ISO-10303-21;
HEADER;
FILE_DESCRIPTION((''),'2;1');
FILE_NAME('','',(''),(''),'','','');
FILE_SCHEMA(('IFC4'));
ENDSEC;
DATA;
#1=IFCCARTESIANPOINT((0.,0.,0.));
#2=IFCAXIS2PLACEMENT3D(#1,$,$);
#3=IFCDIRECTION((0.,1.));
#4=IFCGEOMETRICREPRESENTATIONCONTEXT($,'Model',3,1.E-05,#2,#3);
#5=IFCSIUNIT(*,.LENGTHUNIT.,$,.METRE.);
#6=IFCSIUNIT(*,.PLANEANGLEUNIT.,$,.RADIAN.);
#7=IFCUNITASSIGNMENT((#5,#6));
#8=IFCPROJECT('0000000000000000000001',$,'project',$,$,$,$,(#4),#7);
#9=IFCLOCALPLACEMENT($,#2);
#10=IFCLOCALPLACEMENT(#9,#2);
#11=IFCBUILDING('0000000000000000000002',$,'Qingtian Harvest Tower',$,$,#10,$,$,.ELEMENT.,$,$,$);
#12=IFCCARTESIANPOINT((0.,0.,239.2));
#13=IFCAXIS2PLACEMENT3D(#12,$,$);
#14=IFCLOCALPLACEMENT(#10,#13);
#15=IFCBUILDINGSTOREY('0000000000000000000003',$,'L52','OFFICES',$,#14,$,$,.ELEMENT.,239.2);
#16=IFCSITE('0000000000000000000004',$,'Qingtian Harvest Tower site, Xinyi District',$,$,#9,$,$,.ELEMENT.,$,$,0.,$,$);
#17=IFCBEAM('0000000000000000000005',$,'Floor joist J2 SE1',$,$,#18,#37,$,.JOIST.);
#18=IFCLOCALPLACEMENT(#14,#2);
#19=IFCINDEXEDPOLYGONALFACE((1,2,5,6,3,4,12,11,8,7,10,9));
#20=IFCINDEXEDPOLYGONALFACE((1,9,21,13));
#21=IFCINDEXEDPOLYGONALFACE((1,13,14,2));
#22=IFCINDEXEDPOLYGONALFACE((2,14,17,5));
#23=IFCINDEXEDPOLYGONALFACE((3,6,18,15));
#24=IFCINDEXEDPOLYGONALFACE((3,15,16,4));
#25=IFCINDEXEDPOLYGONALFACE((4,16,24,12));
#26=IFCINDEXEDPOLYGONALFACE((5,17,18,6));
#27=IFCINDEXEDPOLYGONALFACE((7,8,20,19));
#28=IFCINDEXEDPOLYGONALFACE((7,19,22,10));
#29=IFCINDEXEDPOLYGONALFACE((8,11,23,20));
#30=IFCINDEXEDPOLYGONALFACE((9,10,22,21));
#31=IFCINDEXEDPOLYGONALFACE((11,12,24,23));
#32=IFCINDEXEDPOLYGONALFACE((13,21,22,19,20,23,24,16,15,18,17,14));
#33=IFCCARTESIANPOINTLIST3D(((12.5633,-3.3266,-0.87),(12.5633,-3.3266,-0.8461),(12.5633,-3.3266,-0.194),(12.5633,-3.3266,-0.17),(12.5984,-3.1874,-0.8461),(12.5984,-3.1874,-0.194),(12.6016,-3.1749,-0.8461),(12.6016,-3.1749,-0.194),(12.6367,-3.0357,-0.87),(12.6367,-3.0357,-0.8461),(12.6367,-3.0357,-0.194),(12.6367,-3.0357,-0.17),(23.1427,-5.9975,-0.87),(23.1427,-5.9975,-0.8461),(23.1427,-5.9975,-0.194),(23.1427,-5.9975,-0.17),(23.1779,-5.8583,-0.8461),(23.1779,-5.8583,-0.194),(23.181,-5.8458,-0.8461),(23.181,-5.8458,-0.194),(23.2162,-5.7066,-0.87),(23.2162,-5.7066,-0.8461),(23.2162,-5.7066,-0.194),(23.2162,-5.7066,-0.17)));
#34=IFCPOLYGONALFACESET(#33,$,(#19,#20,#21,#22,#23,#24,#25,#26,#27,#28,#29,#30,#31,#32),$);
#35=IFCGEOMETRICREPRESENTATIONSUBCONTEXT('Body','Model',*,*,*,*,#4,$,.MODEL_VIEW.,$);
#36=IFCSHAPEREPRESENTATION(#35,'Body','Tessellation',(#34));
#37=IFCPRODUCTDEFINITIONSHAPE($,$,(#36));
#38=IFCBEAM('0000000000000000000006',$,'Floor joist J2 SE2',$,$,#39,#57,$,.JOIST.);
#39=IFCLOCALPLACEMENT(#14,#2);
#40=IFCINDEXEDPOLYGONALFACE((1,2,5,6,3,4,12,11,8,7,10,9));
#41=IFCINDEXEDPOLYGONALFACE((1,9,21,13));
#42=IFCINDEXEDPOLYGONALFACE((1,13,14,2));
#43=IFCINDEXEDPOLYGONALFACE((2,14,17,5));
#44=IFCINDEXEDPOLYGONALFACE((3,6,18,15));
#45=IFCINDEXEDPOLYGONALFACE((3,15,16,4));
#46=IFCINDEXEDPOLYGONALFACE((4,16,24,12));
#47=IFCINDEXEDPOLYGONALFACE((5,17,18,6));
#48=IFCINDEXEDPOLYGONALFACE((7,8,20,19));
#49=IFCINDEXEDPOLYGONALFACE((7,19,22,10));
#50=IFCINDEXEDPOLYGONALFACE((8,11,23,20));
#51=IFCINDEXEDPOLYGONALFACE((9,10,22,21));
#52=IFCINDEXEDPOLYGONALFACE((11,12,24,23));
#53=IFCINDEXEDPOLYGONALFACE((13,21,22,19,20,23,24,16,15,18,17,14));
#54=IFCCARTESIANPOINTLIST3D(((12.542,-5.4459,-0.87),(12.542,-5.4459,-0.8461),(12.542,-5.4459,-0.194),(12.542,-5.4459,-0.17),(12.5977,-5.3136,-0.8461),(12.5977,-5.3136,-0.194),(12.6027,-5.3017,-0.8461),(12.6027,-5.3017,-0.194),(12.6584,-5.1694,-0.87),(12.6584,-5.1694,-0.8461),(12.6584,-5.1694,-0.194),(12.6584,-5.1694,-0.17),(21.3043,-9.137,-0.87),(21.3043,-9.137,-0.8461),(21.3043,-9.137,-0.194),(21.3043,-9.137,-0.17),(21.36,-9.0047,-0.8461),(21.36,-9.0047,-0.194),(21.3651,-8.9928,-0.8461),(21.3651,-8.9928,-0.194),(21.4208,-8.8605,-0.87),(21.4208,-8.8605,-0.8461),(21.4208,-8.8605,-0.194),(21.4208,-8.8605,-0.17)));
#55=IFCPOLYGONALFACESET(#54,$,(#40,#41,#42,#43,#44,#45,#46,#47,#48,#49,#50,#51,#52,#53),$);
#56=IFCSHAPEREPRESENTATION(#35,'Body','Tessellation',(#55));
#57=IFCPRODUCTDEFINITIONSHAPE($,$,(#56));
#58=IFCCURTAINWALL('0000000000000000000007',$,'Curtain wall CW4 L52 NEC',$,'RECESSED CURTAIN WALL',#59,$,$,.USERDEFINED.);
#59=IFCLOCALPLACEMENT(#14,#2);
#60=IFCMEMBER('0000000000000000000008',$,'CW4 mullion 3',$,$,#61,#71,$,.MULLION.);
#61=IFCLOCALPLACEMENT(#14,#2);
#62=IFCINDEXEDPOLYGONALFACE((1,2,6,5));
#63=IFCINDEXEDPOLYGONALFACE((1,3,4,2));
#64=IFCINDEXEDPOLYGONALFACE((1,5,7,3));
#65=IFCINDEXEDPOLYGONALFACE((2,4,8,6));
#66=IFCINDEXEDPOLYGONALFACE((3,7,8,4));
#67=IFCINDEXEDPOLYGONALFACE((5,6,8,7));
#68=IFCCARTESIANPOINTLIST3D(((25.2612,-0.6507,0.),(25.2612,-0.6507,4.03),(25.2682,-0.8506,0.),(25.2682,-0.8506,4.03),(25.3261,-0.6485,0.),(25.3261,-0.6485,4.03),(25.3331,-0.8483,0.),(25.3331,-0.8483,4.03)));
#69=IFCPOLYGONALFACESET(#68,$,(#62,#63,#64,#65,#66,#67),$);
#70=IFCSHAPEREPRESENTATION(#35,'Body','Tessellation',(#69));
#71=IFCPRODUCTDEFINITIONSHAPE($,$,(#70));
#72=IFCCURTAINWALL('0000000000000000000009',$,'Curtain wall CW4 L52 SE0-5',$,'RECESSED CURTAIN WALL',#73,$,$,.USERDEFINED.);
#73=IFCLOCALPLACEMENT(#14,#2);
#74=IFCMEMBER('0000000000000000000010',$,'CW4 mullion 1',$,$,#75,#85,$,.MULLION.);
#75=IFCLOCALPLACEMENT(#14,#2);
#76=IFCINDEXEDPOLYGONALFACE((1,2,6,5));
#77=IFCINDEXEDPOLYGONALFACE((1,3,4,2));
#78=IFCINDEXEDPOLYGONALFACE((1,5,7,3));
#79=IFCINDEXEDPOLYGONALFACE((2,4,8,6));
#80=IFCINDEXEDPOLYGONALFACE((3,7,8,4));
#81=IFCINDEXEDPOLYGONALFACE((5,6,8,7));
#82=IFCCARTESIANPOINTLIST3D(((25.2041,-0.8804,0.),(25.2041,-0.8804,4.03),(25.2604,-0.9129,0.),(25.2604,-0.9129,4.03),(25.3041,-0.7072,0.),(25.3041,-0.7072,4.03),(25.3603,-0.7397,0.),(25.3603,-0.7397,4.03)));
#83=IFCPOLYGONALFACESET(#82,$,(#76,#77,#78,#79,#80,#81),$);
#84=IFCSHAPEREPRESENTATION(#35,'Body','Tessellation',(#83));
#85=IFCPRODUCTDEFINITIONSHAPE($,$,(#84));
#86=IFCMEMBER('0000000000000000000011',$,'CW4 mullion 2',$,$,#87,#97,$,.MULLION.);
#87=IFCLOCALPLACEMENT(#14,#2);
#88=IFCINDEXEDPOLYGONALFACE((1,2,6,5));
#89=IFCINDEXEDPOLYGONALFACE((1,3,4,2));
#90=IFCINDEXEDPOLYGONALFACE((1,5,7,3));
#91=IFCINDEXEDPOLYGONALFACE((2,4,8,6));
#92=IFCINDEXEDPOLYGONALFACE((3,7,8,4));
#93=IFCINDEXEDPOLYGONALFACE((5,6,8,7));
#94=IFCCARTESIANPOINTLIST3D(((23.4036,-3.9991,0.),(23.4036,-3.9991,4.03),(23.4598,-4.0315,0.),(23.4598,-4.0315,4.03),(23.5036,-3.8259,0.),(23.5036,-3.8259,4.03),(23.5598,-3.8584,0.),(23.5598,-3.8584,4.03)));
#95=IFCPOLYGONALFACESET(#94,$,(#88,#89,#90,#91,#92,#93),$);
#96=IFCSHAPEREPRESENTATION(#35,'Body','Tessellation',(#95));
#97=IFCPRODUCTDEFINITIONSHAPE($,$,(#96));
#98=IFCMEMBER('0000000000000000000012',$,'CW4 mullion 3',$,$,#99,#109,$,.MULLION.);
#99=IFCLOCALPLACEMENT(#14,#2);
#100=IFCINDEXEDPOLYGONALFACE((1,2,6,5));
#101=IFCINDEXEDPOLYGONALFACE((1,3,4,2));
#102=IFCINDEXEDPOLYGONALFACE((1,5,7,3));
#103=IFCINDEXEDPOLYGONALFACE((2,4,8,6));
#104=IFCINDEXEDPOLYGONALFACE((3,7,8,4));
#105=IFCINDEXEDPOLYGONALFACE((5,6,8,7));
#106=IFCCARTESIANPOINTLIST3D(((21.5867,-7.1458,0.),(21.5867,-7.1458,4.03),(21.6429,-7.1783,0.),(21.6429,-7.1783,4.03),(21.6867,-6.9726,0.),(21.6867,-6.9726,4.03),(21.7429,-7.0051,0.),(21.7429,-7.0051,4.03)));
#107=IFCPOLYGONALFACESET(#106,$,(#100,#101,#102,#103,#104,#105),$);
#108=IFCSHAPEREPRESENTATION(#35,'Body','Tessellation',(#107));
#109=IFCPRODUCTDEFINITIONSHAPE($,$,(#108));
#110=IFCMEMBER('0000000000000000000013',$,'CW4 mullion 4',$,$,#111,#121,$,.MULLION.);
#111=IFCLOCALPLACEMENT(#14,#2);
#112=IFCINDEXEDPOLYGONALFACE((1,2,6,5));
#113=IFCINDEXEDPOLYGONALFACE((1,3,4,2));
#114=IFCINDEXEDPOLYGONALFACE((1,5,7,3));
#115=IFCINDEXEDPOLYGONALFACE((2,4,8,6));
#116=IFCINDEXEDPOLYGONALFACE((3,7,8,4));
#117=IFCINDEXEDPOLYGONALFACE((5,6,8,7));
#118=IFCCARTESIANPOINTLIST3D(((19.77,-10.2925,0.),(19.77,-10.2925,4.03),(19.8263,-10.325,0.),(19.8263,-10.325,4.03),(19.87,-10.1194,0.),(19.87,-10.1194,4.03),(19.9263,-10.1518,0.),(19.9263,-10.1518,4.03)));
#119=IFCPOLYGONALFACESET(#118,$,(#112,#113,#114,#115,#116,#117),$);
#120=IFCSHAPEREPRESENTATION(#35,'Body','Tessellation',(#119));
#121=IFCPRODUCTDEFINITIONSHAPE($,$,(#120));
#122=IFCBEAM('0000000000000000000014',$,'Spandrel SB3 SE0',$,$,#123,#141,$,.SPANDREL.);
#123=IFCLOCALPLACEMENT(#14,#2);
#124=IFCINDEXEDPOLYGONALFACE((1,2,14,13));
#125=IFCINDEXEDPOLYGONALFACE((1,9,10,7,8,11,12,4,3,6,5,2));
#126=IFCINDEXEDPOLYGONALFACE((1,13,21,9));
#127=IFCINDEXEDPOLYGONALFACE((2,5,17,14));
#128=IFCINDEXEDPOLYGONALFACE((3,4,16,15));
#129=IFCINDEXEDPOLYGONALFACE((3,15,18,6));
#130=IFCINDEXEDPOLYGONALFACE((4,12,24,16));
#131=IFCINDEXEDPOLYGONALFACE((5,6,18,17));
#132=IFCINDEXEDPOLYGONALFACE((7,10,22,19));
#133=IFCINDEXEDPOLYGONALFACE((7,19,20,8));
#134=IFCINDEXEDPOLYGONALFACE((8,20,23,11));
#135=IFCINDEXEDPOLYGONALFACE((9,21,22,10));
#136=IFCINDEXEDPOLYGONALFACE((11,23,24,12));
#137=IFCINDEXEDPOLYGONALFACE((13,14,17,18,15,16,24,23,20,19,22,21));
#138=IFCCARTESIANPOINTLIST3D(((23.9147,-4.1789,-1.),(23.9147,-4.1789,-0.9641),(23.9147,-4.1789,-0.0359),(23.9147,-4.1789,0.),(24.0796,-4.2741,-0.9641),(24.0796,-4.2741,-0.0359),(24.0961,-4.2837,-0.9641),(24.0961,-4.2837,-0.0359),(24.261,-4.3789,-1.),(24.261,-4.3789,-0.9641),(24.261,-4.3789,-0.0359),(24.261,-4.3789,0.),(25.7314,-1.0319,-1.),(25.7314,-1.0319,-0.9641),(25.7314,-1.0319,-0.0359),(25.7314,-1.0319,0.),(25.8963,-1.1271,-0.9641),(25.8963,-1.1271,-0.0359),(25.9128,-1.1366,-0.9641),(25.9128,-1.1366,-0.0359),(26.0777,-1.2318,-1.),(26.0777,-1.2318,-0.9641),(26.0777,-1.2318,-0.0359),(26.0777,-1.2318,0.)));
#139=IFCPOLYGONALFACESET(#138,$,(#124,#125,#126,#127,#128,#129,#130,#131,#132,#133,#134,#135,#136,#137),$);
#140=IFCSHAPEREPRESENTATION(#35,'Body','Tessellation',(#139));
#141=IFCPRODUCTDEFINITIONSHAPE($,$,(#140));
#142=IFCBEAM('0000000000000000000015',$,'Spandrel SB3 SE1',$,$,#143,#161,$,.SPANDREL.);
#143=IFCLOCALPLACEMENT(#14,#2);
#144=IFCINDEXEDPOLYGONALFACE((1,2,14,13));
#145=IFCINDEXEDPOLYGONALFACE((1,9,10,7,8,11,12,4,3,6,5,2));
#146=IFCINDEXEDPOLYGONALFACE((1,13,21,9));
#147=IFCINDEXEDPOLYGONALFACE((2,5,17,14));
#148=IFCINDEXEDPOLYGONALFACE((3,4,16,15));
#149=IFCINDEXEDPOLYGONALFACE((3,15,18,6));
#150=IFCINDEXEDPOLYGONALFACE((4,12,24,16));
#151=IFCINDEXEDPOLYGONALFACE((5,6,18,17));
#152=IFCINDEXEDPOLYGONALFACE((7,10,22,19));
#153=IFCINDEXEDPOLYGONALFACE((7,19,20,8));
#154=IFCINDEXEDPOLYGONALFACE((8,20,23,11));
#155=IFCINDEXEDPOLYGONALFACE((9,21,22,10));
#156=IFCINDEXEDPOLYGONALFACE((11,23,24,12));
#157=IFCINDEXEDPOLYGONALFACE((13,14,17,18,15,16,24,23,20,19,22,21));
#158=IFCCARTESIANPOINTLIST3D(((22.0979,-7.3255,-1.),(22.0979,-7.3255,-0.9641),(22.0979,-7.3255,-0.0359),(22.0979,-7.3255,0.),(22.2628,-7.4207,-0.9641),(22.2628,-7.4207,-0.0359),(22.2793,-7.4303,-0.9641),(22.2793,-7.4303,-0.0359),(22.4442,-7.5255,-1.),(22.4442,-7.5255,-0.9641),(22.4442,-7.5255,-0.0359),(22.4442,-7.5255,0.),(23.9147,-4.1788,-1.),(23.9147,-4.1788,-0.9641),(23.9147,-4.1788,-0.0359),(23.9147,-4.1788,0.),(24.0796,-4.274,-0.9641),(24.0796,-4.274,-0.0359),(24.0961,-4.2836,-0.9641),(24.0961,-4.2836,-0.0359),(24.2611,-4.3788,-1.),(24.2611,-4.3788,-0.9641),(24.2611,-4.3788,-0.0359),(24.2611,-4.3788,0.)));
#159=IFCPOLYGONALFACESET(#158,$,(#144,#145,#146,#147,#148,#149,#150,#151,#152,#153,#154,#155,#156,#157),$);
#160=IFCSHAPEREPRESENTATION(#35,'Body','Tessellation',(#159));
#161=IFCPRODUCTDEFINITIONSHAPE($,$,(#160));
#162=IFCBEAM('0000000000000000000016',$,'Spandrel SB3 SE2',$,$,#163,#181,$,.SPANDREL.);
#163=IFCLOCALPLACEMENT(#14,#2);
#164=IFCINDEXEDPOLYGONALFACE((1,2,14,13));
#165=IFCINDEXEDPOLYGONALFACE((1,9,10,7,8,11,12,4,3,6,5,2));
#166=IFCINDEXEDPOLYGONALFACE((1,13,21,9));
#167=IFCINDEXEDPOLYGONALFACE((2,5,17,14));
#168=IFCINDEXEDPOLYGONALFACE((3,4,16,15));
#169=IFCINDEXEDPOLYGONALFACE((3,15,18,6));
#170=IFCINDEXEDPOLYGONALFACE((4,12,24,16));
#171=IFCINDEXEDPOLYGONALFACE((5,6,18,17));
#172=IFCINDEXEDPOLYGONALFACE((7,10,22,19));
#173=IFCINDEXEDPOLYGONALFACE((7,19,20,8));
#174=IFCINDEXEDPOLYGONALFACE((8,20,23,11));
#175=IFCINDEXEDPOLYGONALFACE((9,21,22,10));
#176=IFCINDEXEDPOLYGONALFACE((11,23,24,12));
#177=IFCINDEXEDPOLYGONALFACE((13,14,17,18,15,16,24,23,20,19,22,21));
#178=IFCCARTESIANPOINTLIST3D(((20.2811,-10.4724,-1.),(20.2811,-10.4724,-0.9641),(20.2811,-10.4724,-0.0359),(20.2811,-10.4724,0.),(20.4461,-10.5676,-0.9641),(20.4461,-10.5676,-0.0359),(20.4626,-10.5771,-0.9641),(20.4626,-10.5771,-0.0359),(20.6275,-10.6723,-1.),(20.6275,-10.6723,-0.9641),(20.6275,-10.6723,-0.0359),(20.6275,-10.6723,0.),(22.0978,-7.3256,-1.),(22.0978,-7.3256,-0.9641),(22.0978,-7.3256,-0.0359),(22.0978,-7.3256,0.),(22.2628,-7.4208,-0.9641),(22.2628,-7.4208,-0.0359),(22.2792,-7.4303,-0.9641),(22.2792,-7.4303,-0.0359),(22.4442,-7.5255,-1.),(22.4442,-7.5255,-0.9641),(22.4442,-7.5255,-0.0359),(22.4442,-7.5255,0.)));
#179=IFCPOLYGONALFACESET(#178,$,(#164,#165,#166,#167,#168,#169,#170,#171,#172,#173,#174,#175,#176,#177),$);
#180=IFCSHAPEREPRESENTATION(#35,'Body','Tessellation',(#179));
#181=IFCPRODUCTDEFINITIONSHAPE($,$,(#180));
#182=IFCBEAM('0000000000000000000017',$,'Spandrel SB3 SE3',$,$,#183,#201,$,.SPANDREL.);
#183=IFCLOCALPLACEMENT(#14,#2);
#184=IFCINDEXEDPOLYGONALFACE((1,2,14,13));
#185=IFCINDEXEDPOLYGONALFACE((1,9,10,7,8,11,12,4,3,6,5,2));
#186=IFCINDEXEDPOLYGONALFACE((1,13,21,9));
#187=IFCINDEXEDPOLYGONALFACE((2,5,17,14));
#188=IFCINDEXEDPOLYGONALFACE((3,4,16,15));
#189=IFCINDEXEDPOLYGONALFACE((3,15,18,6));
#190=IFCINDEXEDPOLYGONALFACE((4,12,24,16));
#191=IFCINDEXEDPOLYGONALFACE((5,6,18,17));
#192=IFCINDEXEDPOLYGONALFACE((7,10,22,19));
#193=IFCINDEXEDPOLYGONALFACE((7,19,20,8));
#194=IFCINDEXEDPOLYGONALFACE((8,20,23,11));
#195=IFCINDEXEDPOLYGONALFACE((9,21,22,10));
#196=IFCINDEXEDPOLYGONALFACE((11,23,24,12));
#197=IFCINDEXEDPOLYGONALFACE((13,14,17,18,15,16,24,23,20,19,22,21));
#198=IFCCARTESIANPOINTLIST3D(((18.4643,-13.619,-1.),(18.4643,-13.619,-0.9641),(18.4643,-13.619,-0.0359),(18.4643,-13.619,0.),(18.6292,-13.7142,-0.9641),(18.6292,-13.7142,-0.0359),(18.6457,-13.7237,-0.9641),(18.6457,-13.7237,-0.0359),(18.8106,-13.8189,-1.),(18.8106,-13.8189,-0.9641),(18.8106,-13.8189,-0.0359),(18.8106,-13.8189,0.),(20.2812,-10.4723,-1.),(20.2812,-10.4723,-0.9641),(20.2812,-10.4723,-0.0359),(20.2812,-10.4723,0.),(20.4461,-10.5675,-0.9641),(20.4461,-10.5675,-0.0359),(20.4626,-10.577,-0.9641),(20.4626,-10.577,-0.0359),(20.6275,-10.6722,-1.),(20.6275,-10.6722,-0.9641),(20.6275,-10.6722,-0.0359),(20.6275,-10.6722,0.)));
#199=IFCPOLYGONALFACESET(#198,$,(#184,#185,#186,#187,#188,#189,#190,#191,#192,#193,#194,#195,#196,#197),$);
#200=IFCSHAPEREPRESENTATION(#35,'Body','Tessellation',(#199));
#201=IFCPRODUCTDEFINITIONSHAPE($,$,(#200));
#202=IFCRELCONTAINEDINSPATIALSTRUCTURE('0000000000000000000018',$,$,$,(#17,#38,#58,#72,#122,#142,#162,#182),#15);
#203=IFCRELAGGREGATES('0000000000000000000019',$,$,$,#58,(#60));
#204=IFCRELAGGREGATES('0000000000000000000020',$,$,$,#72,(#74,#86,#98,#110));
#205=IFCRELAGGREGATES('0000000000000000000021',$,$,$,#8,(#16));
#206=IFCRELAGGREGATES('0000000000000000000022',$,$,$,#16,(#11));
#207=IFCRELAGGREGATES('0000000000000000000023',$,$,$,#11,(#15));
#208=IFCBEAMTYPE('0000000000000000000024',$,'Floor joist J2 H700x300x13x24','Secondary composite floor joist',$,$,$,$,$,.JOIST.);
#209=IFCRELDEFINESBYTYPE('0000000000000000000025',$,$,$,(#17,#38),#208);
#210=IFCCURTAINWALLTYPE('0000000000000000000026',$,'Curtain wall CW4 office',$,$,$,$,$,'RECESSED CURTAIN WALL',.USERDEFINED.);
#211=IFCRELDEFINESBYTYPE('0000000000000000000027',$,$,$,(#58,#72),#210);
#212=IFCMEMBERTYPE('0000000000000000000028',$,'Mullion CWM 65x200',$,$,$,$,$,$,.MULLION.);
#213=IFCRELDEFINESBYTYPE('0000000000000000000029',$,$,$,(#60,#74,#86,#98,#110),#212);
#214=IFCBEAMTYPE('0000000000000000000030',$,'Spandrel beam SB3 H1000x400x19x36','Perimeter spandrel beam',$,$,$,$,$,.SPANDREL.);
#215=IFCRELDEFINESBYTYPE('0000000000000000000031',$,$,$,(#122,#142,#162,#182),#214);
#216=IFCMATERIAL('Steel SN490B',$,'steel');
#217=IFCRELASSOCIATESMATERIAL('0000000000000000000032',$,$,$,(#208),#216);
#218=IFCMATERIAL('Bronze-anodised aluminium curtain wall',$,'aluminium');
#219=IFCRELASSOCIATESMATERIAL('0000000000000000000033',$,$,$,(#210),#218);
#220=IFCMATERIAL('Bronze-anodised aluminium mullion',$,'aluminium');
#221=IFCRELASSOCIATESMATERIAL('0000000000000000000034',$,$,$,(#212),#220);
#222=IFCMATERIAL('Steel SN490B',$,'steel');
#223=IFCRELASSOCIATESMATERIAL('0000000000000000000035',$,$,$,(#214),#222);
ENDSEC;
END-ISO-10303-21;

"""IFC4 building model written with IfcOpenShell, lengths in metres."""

from ifc_helpers import new_model, si_unit, direction, frame, origin, origin_2d, place, context, subcontext, project, spatial, rectangle, i_section, extrude, material, material_profile, profile_set, type_object, element, aggregate, save


model = new_model("IFC4")

# Units and contexts
model_context = context("Model", 3, precision=1e-05, world=origin(), true_north=direction((0.0, 1.0)))
body_context = subcontext(model_context, "Body", "Model", "MODEL_VIEW")
ifc_project = project(units=[si_unit("LENGTHUNIT", "METRE"), si_unit("PLANEANGLEUNIT", "RADIAN")], contexts=[model_context])

# Site, building, storey
site_placement = place(None, origin())
site = spatial("IfcSite", under=ifc_project, at=site_placement, Name="Qingtian Harvest Tower site, Xinyi District", CompositionType="ELEMENT", RefElevation=0.0)
building_placement = place(site_placement, origin())
building = spatial("IfcBuilding", under=site, at=building_placement, Name="Qingtian Harvest Tower", CompositionType="ELEMENT")
storey_placement = place(building_placement, frame((0.0, 0.0, 239.2)))
storey = spatial("IfcBuildingStorey", under=building, at=storey_placement, Name="L52", Description="OFFICES", CompositionType="ELEMENT", Elevation=239.2)

# Beams
ifc_material_1 = material(Name="Steel SN490B", Category="steel")
ifc_material_profile_1 = material_profile(ifc_material_1, i_section(OverallWidth=0.3, OverallDepth=0.7, WebThickness=0.0129, FlangeThickness=0.0239, at=origin_2d()), Name="H700x300x13x24")
ifc_profile_set_1 = profile_set([ifc_material_profile_1], Name="Steel SN490B")
beam_type_1 = type_object("IfcBeamType", Name="Floor joist J2 H700x300x13x24", Description="Secondary composite floor joist", PredefinedType="JOIST", material=ifc_profile_set_1)
beam_1_placement = place(storey_placement, frame((23.1794, -5.8521, -0.52), z_axis=(-0.969578, 0.244783, 0.0), x_axis=(-0.244783, -0.969578, 0.0)))
element("IfcBeam", 1, at=beam_1_placement, inside=storey, type_object=beam_type_1, Name="Floor joist J2 SE1", PredefinedType="JOIST", context=body_context, shape_type="SweptSolid", body=[
    extrude(i_section(OverallWidth=0.3, OverallDepth=0.7, WebThickness=0.0129, FlangeThickness=0.0239, at=origin_2d()), origin(), (0.0, 0.0, 1.0), 10.9114),
])
beam_2_placement = place(storey_placement, frame((21.3625, -8.9988, -0.52), z_axis=(-0.921571, 0.38821, 0.0), x_axis=(-0.38821, -0.921571, 0.0)))
element("IfcBeam", 2, at=beam_2_placement, inside=storey, type_object=beam_type_1, Name="Floor joist J2 SE2", PredefinedType="JOIST", context=body_context, shape_type="SweptSolid", body=[
    extrude(i_section(OverallWidth=0.3, OverallDepth=0.7, WebThickness=0.0129, FlangeThickness=0.0239, at=origin_2d()), origin(), (0.0, 0.0, 1.0), 9.5081),
])

# Curtain wall, member
ifc_material_2 = material(Name="Bronze-anodised aluminium curtain wall", Category="aluminium")
curtain_wall_type = type_object("IfcCurtainWallType", Name="Curtain wall CW4 office", ElementType="RECESSED CURTAIN WALL", PredefinedType="USERDEFINED", material=ifc_material_2)
curtain_wall_1_placement = place(storey_placement, origin())
curtain_wall_1 = element("IfcCurtainWall", 3, at=curtain_wall_1_placement, inside=storey, type_object=curtain_wall_type, Name="Curtain wall CW4 L52 NEC", ObjectType="RECESSED CURTAIN WALL", PredefinedType="USERDEFINED")
ifc_material_3 = material(Name="Bronze-anodised aluminium mullion", Category="aluminium")
ifc_material_profile_2 = material_profile(ifc_material_3, rectangle(XDim=0.0649, YDim=0.2, at=origin_2d()), Name="AL 65x200")
ifc_profile_set_2 = profile_set([ifc_material_profile_2], Name="Bronze-anodised aluminium mullion")
member_type_1 = type_object("IfcMemberType", Name="Mullion CWM 65x200", PredefinedType="MULLION", material=ifc_profile_set_2)
member_1_placement = place(storey_placement, frame((25.2971, -0.7495, 0.0), z_axis=(0.0, 0.0, 1.0), x_axis=(0.999391, 0.034899, 0.0)))
member_1 = element("IfcMember", 4, at=member_1_placement, type_object=member_type_1, Name="CW4 mullion 3", PredefinedType="MULLION", context=body_context, shape_type="SweptSolid", body=[
    extrude(rectangle(XDim=0.0649, YDim=0.2, at=origin_2d()), origin(), (0.0, 0.0, 1.0), 4.03),
])
aggregate(curtain_wall_1, [member_1])

# Curtain wall, members
curtain_wall_2_placement = place(storey_placement, origin())
curtain_wall_2 = element("IfcCurtainWall", 5, at=curtain_wall_2_placement, inside=storey, type_object=curtain_wall_type, Name="Curtain wall CW4 L52 SE0-5", ObjectType="RECESSED CURTAIN WALL", PredefinedType="USERDEFINED")
member_2_placement = place(storey_placement, frame((25.2822, -0.8101, 0.0), z_axis=(0.0, 0.0, 1.0), x_axis=(0.866025, -0.5, 0.0)))
member_2 = element("IfcMember", 6, at=member_2_placement, type_object=member_type_1, Name="CW4 mullion 1", PredefinedType="MULLION", context=body_context, shape_type="SweptSolid", body=[
    extrude(rectangle(XDim=0.0649, YDim=0.2, at=origin_2d()), origin(), (0.0, 0.0, 1.0), 4.03),
])
member_3_placement = place(storey_placement, frame((23.4817, -3.9287, 0.0), z_axis=(0.0, 0.0, 1.0), x_axis=(0.866025, -0.5, 0.0)))
member_3 = element("IfcMember", 7, at=member_3_placement, type_object=member_type_1, Name="CW4 mullion 2", PredefinedType="MULLION", context=body_context, shape_type="SweptSolid", body=[
    extrude(rectangle(XDim=0.0649, YDim=0.2, at=origin_2d()), origin(), (0.0, 0.0, 1.0), 4.03),
])
member_4_placement = place(storey_placement, frame((21.6648, -7.0754, 0.0), z_axis=(0.0, 0.0, 1.0), x_axis=(0.866025, -0.5, 0.0)))
member_4 = element("IfcMember", 8, at=member_4_placement, type_object=member_type_1, Name="CW4 mullion 3", PredefinedType="MULLION", context=body_context, shape_type="SweptSolid", body=[
    extrude(rectangle(XDim=0.0649, YDim=0.2, at=origin_2d()), origin(), (0.0, 0.0, 1.0), 4.03),
])
member_5_placement = place(storey_placement, frame((19.8481, -10.2222, 0.0), z_axis=(0.0, 0.0, 1.0), x_axis=(0.866025, -0.5, 0.0)))
member_5 = element("IfcMember", 9, at=member_5_placement, type_object=member_type_1, Name="CW4 mullion 4", PredefinedType="MULLION", context=body_context, shape_type="SweptSolid", body=[
    extrude(rectangle(XDim=0.0649, YDim=0.2, at=origin_2d()), origin(), (0.0, 0.0, 1.0), 4.03),
])

# Beams
ifc_material_4 = material(Name="Steel SN490B", Category="steel")
ifc_material_profile_3 = material_profile(ifc_material_4, i_section(OverallWidth=0.3999, OverallDepth=1.0, WebThickness=0.019, FlangeThickness=0.0359, at=origin_2d()), Name="H1000x400x19x36")
ifc_profile_set_3 = profile_set([ifc_material_profile_3], Name="Steel SN490B")
beam_type_2 = type_object("IfcBeamType", Name="Spandrel beam SB3 H1000x400x19x36", Description="Perimeter spandrel beam", PredefinedType="SPANDREL", material=ifc_profile_set_3)
beam_3_placement = place(storey_placement, frame((25.9045, -1.1318, -0.5), z_axis=(-0.499947, -0.866056, 0.0), x_axis=(0.866056, -0.499947, 0.0)))
element("IfcBeam", 10, at=beam_3_placement, inside=storey, type_object=beam_type_2, Name="Spandrel SB3 SE0", PredefinedType="SPANDREL", context=body_context, shape_type="SweptSolid", body=[
    extrude(i_section(OverallWidth=0.3999, OverallDepth=1.0, WebThickness=0.019, FlangeThickness=0.0359, at=origin_2d()), origin(), (0.0, 0.0, 1.0), 3.6338),
])
for number, where, z_axis, x_axis, name in (
    (11, (24.0879, -4.2788, -0.5), (-0.500027, -0.86601, 0.0), (0.86601, -0.500027, 0.0), "Spandrel SB3 SE1"),
    (12, (22.271, -7.4255, -0.5), (-0.499976, -0.866039, 0.0), (0.866039, -0.499976, 0.0), "Spandrel SB3 SE2"),
    (13, (20.4543, -10.5723, -0.5), (-0.500027, -0.86601, 0.0), (0.86601, -0.500027, 0.0), "Spandrel SB3 SE3"),
):
    element("IfcBeam", number, at=place(storey_placement, frame(where, z_axis=z_axis, x_axis=x_axis)), inside=storey, type_object=beam_type_2, Name=name, PredefinedType="SPANDREL", context=body_context, shape_type="SweptSolid", body=[
        extrude(i_section(OverallWidth=0.3999, OverallDepth=1.0, WebThickness=0.019, FlangeThickness=0.0359, at=origin_2d()), origin(), (0.0, 0.0, 1.0), 3.6335),
    ])

aggregate(curtain_wall_2, [member_2, member_3, member_4, member_5])

save(model, "model.ifc")
